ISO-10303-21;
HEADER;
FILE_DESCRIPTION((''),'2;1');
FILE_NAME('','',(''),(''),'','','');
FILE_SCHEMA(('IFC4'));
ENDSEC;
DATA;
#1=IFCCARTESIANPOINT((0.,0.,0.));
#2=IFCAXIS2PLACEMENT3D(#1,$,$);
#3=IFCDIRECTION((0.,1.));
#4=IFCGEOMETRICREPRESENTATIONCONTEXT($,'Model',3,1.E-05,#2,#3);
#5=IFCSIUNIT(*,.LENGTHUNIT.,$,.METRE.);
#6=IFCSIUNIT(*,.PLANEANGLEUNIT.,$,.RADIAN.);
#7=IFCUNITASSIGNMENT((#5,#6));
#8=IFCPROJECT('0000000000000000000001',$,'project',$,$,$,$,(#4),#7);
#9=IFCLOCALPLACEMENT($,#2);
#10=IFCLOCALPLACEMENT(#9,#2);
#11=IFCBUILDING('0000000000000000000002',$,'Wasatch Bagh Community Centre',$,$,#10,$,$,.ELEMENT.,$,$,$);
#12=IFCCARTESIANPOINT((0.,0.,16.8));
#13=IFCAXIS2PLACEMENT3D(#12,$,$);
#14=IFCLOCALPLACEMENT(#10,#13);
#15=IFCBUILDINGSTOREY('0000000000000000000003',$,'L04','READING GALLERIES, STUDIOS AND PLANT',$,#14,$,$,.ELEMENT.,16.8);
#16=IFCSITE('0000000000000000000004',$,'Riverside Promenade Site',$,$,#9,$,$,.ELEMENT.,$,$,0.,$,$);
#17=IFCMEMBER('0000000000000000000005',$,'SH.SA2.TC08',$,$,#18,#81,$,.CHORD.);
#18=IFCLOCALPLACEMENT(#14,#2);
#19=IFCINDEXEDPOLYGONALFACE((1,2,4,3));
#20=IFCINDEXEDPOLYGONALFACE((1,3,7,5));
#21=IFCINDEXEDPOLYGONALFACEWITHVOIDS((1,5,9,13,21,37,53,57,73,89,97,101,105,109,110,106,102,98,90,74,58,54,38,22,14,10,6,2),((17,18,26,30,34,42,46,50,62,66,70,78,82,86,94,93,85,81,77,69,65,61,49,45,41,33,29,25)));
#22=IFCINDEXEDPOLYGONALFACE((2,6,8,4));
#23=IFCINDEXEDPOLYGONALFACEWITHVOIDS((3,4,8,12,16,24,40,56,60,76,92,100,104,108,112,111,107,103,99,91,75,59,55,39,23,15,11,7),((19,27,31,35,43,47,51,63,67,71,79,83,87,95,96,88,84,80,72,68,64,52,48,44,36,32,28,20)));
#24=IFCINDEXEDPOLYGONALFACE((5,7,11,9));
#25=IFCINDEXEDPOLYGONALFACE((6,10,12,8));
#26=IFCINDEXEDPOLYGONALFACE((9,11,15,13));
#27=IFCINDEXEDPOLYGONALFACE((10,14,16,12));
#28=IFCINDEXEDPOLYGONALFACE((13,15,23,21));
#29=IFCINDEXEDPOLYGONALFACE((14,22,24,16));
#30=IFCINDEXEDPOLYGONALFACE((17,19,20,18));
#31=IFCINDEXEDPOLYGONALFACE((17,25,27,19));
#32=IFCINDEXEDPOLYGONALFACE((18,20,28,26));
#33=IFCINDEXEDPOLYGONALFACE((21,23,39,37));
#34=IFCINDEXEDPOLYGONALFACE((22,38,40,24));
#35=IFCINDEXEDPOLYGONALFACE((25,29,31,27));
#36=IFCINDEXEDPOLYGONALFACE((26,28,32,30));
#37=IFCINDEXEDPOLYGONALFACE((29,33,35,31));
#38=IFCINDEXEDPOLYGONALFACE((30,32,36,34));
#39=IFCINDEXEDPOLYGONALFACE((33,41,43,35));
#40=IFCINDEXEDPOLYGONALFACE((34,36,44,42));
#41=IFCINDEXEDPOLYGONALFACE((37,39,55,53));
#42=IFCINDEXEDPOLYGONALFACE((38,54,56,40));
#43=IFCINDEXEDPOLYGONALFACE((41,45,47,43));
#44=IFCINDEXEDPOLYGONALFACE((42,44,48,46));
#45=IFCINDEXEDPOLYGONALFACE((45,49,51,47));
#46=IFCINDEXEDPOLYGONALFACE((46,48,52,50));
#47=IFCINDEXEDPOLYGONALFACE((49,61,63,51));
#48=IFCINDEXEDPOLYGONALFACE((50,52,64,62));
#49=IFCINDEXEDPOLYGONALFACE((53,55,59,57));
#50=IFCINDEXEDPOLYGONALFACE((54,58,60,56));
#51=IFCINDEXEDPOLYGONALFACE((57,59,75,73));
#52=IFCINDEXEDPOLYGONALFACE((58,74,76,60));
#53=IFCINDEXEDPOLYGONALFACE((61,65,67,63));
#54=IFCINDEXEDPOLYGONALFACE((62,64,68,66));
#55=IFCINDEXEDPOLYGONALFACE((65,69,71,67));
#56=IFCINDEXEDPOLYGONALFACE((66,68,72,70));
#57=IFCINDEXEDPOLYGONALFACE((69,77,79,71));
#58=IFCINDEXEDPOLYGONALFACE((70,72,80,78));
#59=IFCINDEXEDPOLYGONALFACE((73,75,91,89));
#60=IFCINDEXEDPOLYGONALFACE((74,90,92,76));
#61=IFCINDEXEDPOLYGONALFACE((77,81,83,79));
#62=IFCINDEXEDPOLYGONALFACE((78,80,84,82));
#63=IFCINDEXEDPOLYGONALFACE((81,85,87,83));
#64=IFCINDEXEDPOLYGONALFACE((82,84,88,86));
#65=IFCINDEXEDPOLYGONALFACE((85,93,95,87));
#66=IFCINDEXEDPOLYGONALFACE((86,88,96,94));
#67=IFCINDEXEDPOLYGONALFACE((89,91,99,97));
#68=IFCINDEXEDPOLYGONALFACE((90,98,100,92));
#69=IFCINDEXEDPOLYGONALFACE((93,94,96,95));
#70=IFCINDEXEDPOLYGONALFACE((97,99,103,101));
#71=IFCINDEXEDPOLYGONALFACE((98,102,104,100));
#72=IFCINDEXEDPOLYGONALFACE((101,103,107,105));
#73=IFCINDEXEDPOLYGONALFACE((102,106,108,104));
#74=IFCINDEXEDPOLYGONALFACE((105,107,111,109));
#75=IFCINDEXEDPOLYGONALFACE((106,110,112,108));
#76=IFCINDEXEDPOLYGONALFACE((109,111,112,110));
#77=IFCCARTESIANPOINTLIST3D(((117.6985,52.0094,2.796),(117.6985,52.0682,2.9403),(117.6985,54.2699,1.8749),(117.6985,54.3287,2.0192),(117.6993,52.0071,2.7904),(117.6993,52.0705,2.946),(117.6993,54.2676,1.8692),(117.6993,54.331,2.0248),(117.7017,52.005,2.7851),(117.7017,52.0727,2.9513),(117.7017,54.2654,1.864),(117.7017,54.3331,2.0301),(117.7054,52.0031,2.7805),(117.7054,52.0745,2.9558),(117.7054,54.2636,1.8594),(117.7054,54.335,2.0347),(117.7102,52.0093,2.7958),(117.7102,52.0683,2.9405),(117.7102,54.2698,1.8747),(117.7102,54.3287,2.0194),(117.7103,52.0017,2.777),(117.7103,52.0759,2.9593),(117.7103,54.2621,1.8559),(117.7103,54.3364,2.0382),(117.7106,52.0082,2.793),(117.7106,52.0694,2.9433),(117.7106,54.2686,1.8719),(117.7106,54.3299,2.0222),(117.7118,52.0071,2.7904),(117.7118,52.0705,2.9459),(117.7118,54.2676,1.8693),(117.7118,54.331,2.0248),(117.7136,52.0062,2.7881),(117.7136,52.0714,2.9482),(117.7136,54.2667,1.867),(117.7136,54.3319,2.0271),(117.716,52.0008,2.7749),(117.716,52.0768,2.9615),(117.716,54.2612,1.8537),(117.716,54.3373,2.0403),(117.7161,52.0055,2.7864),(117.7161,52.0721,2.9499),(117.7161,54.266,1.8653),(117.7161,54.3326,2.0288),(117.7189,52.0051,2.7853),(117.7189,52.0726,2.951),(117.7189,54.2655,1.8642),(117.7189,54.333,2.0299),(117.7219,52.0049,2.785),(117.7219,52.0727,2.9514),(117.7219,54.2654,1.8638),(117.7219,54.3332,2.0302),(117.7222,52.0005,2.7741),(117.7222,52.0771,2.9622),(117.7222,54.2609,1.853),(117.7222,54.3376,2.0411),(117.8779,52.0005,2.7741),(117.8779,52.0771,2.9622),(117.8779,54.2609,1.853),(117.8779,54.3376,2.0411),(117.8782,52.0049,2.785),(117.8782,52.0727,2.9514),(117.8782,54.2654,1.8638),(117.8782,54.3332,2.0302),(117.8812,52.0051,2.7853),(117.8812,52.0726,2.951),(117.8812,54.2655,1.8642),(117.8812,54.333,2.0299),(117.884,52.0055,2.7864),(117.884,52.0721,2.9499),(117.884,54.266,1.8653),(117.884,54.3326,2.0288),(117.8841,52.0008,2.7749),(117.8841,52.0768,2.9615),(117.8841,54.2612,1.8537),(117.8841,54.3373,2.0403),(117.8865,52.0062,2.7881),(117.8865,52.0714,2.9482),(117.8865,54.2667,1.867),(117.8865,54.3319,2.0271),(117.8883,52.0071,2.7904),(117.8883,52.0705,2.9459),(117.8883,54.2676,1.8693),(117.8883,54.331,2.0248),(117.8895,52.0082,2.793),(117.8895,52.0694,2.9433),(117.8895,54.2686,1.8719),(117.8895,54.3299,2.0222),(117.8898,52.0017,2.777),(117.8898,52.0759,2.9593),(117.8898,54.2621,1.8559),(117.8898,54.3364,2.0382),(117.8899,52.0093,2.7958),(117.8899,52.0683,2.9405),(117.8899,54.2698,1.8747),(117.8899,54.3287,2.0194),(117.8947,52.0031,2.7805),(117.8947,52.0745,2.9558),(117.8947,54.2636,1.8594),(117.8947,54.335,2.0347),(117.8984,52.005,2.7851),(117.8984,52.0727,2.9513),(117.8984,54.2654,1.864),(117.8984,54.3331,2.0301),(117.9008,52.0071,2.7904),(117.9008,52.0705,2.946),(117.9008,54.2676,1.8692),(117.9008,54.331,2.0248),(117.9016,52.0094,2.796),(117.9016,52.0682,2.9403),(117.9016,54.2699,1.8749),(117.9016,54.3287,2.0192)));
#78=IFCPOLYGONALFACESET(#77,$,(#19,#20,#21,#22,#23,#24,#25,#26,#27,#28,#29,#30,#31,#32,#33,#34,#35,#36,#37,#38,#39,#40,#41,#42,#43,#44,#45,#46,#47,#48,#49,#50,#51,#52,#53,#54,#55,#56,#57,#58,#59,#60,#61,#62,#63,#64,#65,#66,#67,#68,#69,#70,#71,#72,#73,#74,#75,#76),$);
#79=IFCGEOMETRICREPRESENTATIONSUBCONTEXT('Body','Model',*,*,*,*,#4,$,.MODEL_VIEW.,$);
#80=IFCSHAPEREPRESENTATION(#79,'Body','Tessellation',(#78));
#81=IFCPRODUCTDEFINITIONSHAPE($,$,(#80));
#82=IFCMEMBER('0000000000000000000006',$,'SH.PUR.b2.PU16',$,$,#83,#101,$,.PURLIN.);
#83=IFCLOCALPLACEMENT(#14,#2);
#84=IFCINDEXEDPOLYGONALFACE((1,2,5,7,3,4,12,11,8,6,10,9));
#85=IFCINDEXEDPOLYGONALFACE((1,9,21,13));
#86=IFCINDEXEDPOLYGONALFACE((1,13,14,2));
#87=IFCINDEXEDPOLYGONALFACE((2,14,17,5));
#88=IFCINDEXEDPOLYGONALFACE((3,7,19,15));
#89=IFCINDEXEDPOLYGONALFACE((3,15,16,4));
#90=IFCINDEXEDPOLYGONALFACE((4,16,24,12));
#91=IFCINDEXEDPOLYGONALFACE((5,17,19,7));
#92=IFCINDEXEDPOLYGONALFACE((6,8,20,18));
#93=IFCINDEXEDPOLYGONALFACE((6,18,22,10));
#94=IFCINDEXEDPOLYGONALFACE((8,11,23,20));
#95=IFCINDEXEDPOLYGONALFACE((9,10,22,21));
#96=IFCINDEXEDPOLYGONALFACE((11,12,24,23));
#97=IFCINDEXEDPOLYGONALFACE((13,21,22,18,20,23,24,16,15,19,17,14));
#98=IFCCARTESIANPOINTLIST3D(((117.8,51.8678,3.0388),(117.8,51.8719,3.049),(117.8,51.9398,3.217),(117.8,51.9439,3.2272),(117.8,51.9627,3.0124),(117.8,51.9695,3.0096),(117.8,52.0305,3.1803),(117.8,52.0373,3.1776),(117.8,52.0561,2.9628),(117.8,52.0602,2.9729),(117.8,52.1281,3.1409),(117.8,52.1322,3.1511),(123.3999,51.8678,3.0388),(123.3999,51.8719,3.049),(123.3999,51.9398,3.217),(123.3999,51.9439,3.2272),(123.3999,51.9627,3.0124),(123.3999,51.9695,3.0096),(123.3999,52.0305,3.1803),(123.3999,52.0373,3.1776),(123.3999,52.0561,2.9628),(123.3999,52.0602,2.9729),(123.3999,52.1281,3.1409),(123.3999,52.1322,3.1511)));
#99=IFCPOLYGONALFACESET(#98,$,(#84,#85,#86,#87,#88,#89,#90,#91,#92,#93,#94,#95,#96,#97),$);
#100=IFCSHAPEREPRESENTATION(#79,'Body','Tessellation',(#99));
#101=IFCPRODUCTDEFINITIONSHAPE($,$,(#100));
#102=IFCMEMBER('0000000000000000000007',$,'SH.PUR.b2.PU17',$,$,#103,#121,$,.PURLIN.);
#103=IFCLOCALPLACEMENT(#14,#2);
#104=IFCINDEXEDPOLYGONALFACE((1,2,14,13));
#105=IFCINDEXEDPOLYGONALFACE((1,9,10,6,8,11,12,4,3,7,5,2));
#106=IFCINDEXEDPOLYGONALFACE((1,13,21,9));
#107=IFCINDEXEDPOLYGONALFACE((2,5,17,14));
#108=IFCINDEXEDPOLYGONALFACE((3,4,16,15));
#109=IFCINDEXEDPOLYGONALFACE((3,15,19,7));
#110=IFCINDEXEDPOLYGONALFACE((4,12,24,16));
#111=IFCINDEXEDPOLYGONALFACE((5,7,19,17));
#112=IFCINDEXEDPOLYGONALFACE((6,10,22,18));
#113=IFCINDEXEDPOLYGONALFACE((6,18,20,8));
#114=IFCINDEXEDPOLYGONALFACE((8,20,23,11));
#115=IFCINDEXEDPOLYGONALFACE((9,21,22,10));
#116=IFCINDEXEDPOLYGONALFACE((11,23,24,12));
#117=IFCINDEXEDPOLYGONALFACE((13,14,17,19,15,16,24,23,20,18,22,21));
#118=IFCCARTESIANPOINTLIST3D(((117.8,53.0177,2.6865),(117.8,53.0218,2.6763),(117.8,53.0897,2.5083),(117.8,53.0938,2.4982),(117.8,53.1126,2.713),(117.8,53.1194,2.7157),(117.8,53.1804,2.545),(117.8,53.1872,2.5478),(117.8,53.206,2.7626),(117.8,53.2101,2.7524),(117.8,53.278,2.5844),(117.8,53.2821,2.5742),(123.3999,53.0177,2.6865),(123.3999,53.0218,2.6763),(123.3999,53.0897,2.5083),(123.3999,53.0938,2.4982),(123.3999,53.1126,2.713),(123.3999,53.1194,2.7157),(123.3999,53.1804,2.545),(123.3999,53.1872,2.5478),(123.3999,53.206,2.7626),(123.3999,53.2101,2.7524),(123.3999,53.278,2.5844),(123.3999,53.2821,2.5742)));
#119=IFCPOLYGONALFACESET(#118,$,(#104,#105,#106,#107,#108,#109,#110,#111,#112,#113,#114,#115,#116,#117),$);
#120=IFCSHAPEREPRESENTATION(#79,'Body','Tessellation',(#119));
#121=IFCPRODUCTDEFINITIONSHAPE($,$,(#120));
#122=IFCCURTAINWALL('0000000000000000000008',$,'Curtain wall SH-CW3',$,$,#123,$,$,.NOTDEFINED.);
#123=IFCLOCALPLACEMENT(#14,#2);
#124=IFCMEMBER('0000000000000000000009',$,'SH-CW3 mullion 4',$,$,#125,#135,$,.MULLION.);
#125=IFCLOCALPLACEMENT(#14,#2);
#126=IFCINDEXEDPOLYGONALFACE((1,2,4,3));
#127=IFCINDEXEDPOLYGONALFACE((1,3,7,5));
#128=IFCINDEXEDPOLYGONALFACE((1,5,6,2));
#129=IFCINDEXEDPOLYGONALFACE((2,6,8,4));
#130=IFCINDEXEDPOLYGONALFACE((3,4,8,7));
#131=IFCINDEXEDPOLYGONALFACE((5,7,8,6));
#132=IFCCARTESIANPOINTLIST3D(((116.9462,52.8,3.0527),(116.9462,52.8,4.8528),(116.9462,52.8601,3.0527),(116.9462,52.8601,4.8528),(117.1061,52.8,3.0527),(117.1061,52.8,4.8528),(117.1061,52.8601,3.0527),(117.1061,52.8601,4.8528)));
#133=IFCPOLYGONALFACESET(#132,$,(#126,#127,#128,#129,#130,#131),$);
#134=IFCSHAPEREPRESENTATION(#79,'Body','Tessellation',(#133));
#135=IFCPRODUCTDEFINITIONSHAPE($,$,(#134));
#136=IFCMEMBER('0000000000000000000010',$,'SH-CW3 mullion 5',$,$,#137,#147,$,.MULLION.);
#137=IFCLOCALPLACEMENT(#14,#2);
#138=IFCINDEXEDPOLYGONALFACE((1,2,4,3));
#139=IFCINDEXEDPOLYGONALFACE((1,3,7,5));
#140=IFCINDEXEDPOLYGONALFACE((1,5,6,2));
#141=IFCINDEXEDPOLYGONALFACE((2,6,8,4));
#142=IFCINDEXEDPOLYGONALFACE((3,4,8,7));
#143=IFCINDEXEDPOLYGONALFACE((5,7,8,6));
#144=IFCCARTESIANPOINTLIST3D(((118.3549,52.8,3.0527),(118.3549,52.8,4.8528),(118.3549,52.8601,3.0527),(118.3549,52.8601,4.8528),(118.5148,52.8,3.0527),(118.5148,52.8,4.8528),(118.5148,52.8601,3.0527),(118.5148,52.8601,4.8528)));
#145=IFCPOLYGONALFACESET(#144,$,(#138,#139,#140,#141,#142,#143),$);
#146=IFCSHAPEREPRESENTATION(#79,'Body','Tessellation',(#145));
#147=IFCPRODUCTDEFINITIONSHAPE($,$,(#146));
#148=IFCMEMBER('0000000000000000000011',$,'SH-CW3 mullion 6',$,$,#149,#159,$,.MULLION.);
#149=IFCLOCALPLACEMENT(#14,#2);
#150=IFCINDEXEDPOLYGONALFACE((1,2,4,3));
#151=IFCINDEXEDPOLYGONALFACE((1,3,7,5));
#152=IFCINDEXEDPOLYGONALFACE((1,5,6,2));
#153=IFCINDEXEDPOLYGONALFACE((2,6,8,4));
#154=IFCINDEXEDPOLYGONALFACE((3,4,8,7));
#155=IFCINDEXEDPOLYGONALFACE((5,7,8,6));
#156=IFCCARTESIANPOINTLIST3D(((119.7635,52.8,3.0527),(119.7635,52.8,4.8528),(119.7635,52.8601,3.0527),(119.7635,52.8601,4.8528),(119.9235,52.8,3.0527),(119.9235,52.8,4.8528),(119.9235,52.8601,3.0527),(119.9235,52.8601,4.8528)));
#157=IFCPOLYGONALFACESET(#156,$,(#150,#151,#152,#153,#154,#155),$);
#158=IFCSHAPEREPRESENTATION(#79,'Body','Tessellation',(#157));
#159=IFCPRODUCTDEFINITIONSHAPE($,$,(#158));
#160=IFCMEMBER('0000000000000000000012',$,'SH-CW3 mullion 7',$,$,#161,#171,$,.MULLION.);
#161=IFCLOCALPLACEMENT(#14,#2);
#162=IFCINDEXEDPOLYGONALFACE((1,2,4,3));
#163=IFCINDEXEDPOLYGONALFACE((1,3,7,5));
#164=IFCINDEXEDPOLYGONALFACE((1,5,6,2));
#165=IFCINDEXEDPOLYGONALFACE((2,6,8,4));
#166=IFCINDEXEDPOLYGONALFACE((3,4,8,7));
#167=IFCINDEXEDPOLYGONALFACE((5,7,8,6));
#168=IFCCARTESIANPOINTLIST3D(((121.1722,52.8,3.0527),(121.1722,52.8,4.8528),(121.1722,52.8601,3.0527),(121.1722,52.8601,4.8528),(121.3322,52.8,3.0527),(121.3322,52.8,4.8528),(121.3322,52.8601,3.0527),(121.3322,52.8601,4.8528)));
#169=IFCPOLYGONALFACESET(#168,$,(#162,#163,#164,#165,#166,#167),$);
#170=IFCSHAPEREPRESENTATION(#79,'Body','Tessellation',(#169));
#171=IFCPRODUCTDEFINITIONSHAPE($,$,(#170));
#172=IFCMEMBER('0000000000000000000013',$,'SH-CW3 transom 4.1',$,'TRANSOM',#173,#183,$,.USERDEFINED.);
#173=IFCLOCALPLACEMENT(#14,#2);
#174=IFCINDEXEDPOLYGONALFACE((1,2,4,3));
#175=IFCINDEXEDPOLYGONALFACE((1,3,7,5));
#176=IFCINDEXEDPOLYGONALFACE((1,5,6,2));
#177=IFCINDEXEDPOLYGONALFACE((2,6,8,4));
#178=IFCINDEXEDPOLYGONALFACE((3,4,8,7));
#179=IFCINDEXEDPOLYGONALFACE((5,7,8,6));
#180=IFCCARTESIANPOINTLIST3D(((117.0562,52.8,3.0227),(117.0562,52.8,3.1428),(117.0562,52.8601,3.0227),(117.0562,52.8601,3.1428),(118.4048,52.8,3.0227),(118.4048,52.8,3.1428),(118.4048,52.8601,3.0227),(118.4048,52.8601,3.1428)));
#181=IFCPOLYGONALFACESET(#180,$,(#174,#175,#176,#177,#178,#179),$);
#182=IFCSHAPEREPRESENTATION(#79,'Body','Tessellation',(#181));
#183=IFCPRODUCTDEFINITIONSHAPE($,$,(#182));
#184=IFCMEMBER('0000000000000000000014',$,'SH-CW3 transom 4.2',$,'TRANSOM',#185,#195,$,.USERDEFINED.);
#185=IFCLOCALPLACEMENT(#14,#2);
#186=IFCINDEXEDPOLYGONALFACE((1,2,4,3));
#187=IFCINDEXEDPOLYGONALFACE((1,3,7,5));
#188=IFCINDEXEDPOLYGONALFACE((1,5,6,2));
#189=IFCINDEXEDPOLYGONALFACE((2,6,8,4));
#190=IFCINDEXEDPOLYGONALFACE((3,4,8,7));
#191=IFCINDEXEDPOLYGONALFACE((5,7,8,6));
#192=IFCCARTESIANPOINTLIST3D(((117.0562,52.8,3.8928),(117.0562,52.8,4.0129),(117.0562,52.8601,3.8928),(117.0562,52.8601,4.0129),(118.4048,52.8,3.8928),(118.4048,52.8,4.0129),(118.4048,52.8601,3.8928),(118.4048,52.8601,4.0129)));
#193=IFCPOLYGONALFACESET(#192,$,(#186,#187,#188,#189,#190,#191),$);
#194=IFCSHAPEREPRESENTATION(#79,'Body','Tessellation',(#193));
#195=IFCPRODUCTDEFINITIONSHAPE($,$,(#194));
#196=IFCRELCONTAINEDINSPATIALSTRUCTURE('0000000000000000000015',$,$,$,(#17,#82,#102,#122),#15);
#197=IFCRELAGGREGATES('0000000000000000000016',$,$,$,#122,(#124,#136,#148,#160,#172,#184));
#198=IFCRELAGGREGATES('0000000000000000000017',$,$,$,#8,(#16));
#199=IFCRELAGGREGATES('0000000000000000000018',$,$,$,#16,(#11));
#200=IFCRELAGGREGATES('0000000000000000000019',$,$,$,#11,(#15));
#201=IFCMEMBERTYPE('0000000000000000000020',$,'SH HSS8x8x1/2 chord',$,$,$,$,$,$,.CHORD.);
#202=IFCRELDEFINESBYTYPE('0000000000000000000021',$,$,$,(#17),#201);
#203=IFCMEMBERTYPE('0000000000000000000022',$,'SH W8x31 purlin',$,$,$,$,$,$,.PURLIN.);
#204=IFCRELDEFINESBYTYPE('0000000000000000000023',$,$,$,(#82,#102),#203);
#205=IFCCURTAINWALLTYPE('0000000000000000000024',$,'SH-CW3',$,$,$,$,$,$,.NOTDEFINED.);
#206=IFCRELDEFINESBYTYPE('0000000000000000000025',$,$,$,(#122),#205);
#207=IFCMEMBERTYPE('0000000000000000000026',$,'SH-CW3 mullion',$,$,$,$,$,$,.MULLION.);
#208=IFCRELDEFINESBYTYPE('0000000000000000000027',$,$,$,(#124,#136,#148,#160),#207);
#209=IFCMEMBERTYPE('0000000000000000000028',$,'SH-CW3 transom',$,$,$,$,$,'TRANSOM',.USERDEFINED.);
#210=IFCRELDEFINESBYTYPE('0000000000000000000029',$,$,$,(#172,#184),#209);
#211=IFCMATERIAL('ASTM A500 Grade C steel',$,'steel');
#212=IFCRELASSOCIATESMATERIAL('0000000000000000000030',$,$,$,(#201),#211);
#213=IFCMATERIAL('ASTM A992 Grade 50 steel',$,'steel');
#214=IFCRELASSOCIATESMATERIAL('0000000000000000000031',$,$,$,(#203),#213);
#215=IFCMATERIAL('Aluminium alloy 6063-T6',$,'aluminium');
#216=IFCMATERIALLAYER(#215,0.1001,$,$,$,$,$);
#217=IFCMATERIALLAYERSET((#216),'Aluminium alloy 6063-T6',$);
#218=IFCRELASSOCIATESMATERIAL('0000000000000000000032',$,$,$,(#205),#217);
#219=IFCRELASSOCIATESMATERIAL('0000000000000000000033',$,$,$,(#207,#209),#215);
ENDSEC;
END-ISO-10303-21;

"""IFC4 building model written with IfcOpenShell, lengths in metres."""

from ifc_helpers import new_model, si_unit, direction, frame, origin, origin_2d, place, context, subcontext, project, spatial, rectangle, hollow_rectangle, i_section, extrude, material, layer, layer_set, material_profile, profile_set, type_object, element, aggregate, save


model = new_model("IFC4")

# Units and contexts
model_context = context("Model", 3, precision=1e-05, world=origin(), true_north=direction((0.0, 1.0)))
body_context = subcontext(model_context, "Body", "Model", "MODEL_VIEW")
ifc_project = project(units=[si_unit("LENGTHUNIT", "METRE"), si_unit("PLANEANGLEUNIT", "RADIAN")], contexts=[model_context])

# Site, building, storey
site_placement = place(None, origin())
site = spatial("IfcSite", under=ifc_project, at=site_placement, Name="Riverside Promenade Site", CompositionType="ELEMENT", RefElevation=0.0)
building_placement = place(site_placement, origin())
building = spatial("IfcBuilding", under=site, at=building_placement, Name="Wasatch Bagh Community Centre", CompositionType="ELEMENT")
storey_placement = place(building_placement, frame((0.0, 0.0, 16.8)))
storey = spatial("IfcBuildingStorey", under=building, at=storey_placement, Name="L04", Description="READING GALLERIES, STUDIOS AND PLANT", CompositionType="ELEMENT", Elevation=16.8)

# Members
ifc_material_1 = material(Name="ASTM A500 Grade C steel", Category="steel")
ifc_material_profile_1 = material_profile(ifc_material_1, hollow_rectangle(XDim=0.2031, YDim=0.2031, WallThickness=0.0117, InnerFilletRadius=0.0117, OuterFilletRadius=0.0237, at=origin_2d()), Name="HSS8x8x1/2")
ifc_profile_set_1 = profile_set([ifc_material_profile_1], Name="ASTM A500 Grade C steel")
member_type_1 = type_object("IfcMemberType", Name="SH HSS8x8x1/2 chord", PredefinedType="CHORD", material=ifc_profile_set_1)
member_1_placement = place(storey_placement, frame((117.8, 52.0388, 2.8682), z_axis=(0.0, 0.926064, -0.377367), x_axis=(-1.0, 0.0, 0.0)))
element("IfcMember", 1, at=member_1_placement, inside=storey, type_object=member_type_1, Name="SH.SA2.TC08", PredefinedType="CHORD", context=body_context, shape_type="SweptSolid", body=[
    extrude(hollow_rectangle(XDim=0.2031, YDim=0.2031, WallThickness=0.0117, InnerFilletRadius=0.0117, OuterFilletRadius=0.0237, at=origin_2d()), origin(), (0.0, 0.0, 1.0), 2.4409),
])
ifc_material_2 = material(Name="ASTM A992 Grade 50 steel", Category="steel")
ifc_material_profile_2 = material_profile(ifc_material_2, i_section(OverallWidth=0.2031, OverallDepth=0.2031, WebThickness=0.0073, FlangeThickness=0.011, at=origin_2d()), Name="W8x31")
ifc_profile_set_2 = profile_set([ifc_material_profile_2], Name="ASTM A992 Grade 50 steel")
member_type_2 = type_object("IfcMemberType", Name="SH W8x31 purlin", PredefinedType="PURLIN", material=ifc_profile_set_2)
for number, where, z_axis, x_axis, name in (
    (2, (117.8, 52.0, 3.095), (1.0, 0.0, 0.0), (0.0, 0.927184, -0.374607), "SH.PUR.b2.PU16"),
    (3, (117.8, 53.1499, 2.6304), (1.0, 0.0, 0.0), (0.0, 0.927184, 0.374607), "SH.PUR.b2.PU17"),
):
    element("IfcMember", number, at=place(storey_placement, frame(where, z_axis=z_axis, x_axis=x_axis)), inside=storey, type_object=member_type_2, Name=name, PredefinedType="PURLIN", context=body_context, shape_type="SweptSolid", body=[
        extrude(i_section(OverallWidth=0.2031, OverallDepth=0.2031, WebThickness=0.0073, FlangeThickness=0.011, at=origin_2d()), origin(), (0.0, 0.0, 1.0), 5.5999),
    ])

# Curtain wall, members
ifc_material_3 = material(Name="Aluminium alloy 6063-T6", Category="aluminium")
ifc_layer_1 = layer(ifc_material_3, 0.1001)
ifc_layer_set_1 = layer_set([ifc_layer_1], Name="Aluminium alloy 6063-T6")
curtain_wall_type = type_object("IfcCurtainWallType", Name="SH-CW3", PredefinedType="NOTDEFINED", material=ifc_layer_set_1)
curtain_wall_placement = place(storey_placement, origin())
curtain_wall = element("IfcCurtainWall", 4, at=curtain_wall_placement, inside=storey, type_object=curtain_wall_type, Name="Curtain wall SH-CW3", PredefinedType="NOTDEFINED")
ifc_material_profile_3 = material_profile(ifc_material_3, rectangle(XDim=0.0601, YDim=0.1599, at=origin_2d()), Name="AL 60x160")
ifc_profile_set_3 = profile_set([ifc_material_profile_3], Name="Aluminium alloy 6063-T6")
member_type_3 = type_object("IfcMemberType", Name="SH-CW3 mullion", PredefinedType="MULLION", material=ifc_profile_set_3)
member_2_placement = place(storey_placement, frame((117.0261, 52.8301, 3.0527), z_axis=(0.0, 0.0, 1.0), x_axis=(0.0, 1.0, 0.0)))
member_2 = element("IfcMember", 5, at=member_2_placement, type_object=member_type_3, Name="SH-CW3 mullion 4", PredefinedType="MULLION", context=body_context, shape_type="SweptSolid", body=[
    extrude(rectangle(XDim=0.0601, YDim=0.1599, at=origin_2d()), origin(), (0.0, 0.0, 1.0), 1.8),
])
member_3_placement = place(storey_placement, frame((118.4348, 52.8301, 3.0527), z_axis=(0.0, 0.0, 1.0), x_axis=(0.0, 1.0, 0.0)))
member_3 = element("IfcMember", 6, at=member_3_placement, type_object=member_type_3, Name="SH-CW3 mullion 5", PredefinedType="MULLION", context=body_context, shape_type="SweptSolid", body=[
    extrude(rectangle(XDim=0.0601, YDim=0.1599, at=origin_2d()), origin(), (0.0, 0.0, 1.0), 1.8),
])
member_4_placement = place(storey_placement, frame((119.8435, 52.8301, 3.0527), z_axis=(0.0, 0.0, 1.0), x_axis=(0.0, 1.0, 0.0)))
member_4 = element("IfcMember", 7, at=member_4_placement, type_object=member_type_3, Name="SH-CW3 mullion 6", PredefinedType="MULLION", context=body_context, shape_type="SweptSolid", body=[
    extrude(rectangle(XDim=0.0601, YDim=0.1599, at=origin_2d()), origin(), (0.0, 0.0, 1.0), 1.8),
])
member_5_placement = place(storey_placement, frame((121.2522, 52.8301, 3.0527), z_axis=(0.0, 0.0, 1.0), x_axis=(0.0, 1.0, 0.0)))
member_5 = element("IfcMember", 8, at=member_5_placement, type_object=member_type_3, Name="SH-CW3 mullion 7", PredefinedType="MULLION", context=body_context, shape_type="SweptSolid", body=[
    extrude(rectangle(XDim=0.0601, YDim=0.1599, at=origin_2d()), origin(), (0.0, 0.0, 1.0), 1.8),
])
ifc_material_profile_4 = material_profile(ifc_material_3, rectangle(XDim=0.0601, YDim=0.1201, at=origin_2d()), Name="AL 60x120")
ifc_profile_set_4 = profile_set([ifc_material_profile_4], Name="Aluminium alloy 6063-T6")
member_type_4 = type_object("IfcMemberType", Name="SH-CW3 transom", ElementType="TRANSOM", PredefinedType="USERDEFINED", material=ifc_profile_set_4)
member_6_placement = place(storey_placement, frame((117.0562, 52.8301, 3.0828), z_axis=(1.0, 0.0, 0.0), x_axis=(0.0, 1.0, 0.0)))
member_6 = element("IfcMember", 9, at=member_6_placement, type_object=member_type_4, Name="SH-CW3 transom 4.1", ObjectType="TRANSOM", PredefinedType="USERDEFINED", context=body_context, shape_type="SweptSolid", body=[
    extrude(rectangle(XDim=0.0601, YDim=0.1201, at=origin_2d()), origin(), (0.0, 0.0, 1.0), 1.3486),
])
member_7_placement = place(storey_placement, frame((117.0562, 52.8301, 3.9529), z_axis=(1.0, 0.0, 0.0), x_axis=(0.0, 1.0, 0.0)))
member_7 = element("IfcMember", 10, at=member_7_placement, type_object=member_type_4, Name="SH-CW3 transom 4.2", ObjectType="TRANSOM", PredefinedType="USERDEFINED", context=body_context, shape_type="SweptSolid", body=[
    extrude(rectangle(XDim=0.0601, YDim=0.1201, at=origin_2d()), origin(), (0.0, 0.0, 1.0), 1.3486),
])
aggregate(curtain_wall, [member_2, member_3, member_4, member_5, member_6, member_7])

save(model, "model.ifc")
